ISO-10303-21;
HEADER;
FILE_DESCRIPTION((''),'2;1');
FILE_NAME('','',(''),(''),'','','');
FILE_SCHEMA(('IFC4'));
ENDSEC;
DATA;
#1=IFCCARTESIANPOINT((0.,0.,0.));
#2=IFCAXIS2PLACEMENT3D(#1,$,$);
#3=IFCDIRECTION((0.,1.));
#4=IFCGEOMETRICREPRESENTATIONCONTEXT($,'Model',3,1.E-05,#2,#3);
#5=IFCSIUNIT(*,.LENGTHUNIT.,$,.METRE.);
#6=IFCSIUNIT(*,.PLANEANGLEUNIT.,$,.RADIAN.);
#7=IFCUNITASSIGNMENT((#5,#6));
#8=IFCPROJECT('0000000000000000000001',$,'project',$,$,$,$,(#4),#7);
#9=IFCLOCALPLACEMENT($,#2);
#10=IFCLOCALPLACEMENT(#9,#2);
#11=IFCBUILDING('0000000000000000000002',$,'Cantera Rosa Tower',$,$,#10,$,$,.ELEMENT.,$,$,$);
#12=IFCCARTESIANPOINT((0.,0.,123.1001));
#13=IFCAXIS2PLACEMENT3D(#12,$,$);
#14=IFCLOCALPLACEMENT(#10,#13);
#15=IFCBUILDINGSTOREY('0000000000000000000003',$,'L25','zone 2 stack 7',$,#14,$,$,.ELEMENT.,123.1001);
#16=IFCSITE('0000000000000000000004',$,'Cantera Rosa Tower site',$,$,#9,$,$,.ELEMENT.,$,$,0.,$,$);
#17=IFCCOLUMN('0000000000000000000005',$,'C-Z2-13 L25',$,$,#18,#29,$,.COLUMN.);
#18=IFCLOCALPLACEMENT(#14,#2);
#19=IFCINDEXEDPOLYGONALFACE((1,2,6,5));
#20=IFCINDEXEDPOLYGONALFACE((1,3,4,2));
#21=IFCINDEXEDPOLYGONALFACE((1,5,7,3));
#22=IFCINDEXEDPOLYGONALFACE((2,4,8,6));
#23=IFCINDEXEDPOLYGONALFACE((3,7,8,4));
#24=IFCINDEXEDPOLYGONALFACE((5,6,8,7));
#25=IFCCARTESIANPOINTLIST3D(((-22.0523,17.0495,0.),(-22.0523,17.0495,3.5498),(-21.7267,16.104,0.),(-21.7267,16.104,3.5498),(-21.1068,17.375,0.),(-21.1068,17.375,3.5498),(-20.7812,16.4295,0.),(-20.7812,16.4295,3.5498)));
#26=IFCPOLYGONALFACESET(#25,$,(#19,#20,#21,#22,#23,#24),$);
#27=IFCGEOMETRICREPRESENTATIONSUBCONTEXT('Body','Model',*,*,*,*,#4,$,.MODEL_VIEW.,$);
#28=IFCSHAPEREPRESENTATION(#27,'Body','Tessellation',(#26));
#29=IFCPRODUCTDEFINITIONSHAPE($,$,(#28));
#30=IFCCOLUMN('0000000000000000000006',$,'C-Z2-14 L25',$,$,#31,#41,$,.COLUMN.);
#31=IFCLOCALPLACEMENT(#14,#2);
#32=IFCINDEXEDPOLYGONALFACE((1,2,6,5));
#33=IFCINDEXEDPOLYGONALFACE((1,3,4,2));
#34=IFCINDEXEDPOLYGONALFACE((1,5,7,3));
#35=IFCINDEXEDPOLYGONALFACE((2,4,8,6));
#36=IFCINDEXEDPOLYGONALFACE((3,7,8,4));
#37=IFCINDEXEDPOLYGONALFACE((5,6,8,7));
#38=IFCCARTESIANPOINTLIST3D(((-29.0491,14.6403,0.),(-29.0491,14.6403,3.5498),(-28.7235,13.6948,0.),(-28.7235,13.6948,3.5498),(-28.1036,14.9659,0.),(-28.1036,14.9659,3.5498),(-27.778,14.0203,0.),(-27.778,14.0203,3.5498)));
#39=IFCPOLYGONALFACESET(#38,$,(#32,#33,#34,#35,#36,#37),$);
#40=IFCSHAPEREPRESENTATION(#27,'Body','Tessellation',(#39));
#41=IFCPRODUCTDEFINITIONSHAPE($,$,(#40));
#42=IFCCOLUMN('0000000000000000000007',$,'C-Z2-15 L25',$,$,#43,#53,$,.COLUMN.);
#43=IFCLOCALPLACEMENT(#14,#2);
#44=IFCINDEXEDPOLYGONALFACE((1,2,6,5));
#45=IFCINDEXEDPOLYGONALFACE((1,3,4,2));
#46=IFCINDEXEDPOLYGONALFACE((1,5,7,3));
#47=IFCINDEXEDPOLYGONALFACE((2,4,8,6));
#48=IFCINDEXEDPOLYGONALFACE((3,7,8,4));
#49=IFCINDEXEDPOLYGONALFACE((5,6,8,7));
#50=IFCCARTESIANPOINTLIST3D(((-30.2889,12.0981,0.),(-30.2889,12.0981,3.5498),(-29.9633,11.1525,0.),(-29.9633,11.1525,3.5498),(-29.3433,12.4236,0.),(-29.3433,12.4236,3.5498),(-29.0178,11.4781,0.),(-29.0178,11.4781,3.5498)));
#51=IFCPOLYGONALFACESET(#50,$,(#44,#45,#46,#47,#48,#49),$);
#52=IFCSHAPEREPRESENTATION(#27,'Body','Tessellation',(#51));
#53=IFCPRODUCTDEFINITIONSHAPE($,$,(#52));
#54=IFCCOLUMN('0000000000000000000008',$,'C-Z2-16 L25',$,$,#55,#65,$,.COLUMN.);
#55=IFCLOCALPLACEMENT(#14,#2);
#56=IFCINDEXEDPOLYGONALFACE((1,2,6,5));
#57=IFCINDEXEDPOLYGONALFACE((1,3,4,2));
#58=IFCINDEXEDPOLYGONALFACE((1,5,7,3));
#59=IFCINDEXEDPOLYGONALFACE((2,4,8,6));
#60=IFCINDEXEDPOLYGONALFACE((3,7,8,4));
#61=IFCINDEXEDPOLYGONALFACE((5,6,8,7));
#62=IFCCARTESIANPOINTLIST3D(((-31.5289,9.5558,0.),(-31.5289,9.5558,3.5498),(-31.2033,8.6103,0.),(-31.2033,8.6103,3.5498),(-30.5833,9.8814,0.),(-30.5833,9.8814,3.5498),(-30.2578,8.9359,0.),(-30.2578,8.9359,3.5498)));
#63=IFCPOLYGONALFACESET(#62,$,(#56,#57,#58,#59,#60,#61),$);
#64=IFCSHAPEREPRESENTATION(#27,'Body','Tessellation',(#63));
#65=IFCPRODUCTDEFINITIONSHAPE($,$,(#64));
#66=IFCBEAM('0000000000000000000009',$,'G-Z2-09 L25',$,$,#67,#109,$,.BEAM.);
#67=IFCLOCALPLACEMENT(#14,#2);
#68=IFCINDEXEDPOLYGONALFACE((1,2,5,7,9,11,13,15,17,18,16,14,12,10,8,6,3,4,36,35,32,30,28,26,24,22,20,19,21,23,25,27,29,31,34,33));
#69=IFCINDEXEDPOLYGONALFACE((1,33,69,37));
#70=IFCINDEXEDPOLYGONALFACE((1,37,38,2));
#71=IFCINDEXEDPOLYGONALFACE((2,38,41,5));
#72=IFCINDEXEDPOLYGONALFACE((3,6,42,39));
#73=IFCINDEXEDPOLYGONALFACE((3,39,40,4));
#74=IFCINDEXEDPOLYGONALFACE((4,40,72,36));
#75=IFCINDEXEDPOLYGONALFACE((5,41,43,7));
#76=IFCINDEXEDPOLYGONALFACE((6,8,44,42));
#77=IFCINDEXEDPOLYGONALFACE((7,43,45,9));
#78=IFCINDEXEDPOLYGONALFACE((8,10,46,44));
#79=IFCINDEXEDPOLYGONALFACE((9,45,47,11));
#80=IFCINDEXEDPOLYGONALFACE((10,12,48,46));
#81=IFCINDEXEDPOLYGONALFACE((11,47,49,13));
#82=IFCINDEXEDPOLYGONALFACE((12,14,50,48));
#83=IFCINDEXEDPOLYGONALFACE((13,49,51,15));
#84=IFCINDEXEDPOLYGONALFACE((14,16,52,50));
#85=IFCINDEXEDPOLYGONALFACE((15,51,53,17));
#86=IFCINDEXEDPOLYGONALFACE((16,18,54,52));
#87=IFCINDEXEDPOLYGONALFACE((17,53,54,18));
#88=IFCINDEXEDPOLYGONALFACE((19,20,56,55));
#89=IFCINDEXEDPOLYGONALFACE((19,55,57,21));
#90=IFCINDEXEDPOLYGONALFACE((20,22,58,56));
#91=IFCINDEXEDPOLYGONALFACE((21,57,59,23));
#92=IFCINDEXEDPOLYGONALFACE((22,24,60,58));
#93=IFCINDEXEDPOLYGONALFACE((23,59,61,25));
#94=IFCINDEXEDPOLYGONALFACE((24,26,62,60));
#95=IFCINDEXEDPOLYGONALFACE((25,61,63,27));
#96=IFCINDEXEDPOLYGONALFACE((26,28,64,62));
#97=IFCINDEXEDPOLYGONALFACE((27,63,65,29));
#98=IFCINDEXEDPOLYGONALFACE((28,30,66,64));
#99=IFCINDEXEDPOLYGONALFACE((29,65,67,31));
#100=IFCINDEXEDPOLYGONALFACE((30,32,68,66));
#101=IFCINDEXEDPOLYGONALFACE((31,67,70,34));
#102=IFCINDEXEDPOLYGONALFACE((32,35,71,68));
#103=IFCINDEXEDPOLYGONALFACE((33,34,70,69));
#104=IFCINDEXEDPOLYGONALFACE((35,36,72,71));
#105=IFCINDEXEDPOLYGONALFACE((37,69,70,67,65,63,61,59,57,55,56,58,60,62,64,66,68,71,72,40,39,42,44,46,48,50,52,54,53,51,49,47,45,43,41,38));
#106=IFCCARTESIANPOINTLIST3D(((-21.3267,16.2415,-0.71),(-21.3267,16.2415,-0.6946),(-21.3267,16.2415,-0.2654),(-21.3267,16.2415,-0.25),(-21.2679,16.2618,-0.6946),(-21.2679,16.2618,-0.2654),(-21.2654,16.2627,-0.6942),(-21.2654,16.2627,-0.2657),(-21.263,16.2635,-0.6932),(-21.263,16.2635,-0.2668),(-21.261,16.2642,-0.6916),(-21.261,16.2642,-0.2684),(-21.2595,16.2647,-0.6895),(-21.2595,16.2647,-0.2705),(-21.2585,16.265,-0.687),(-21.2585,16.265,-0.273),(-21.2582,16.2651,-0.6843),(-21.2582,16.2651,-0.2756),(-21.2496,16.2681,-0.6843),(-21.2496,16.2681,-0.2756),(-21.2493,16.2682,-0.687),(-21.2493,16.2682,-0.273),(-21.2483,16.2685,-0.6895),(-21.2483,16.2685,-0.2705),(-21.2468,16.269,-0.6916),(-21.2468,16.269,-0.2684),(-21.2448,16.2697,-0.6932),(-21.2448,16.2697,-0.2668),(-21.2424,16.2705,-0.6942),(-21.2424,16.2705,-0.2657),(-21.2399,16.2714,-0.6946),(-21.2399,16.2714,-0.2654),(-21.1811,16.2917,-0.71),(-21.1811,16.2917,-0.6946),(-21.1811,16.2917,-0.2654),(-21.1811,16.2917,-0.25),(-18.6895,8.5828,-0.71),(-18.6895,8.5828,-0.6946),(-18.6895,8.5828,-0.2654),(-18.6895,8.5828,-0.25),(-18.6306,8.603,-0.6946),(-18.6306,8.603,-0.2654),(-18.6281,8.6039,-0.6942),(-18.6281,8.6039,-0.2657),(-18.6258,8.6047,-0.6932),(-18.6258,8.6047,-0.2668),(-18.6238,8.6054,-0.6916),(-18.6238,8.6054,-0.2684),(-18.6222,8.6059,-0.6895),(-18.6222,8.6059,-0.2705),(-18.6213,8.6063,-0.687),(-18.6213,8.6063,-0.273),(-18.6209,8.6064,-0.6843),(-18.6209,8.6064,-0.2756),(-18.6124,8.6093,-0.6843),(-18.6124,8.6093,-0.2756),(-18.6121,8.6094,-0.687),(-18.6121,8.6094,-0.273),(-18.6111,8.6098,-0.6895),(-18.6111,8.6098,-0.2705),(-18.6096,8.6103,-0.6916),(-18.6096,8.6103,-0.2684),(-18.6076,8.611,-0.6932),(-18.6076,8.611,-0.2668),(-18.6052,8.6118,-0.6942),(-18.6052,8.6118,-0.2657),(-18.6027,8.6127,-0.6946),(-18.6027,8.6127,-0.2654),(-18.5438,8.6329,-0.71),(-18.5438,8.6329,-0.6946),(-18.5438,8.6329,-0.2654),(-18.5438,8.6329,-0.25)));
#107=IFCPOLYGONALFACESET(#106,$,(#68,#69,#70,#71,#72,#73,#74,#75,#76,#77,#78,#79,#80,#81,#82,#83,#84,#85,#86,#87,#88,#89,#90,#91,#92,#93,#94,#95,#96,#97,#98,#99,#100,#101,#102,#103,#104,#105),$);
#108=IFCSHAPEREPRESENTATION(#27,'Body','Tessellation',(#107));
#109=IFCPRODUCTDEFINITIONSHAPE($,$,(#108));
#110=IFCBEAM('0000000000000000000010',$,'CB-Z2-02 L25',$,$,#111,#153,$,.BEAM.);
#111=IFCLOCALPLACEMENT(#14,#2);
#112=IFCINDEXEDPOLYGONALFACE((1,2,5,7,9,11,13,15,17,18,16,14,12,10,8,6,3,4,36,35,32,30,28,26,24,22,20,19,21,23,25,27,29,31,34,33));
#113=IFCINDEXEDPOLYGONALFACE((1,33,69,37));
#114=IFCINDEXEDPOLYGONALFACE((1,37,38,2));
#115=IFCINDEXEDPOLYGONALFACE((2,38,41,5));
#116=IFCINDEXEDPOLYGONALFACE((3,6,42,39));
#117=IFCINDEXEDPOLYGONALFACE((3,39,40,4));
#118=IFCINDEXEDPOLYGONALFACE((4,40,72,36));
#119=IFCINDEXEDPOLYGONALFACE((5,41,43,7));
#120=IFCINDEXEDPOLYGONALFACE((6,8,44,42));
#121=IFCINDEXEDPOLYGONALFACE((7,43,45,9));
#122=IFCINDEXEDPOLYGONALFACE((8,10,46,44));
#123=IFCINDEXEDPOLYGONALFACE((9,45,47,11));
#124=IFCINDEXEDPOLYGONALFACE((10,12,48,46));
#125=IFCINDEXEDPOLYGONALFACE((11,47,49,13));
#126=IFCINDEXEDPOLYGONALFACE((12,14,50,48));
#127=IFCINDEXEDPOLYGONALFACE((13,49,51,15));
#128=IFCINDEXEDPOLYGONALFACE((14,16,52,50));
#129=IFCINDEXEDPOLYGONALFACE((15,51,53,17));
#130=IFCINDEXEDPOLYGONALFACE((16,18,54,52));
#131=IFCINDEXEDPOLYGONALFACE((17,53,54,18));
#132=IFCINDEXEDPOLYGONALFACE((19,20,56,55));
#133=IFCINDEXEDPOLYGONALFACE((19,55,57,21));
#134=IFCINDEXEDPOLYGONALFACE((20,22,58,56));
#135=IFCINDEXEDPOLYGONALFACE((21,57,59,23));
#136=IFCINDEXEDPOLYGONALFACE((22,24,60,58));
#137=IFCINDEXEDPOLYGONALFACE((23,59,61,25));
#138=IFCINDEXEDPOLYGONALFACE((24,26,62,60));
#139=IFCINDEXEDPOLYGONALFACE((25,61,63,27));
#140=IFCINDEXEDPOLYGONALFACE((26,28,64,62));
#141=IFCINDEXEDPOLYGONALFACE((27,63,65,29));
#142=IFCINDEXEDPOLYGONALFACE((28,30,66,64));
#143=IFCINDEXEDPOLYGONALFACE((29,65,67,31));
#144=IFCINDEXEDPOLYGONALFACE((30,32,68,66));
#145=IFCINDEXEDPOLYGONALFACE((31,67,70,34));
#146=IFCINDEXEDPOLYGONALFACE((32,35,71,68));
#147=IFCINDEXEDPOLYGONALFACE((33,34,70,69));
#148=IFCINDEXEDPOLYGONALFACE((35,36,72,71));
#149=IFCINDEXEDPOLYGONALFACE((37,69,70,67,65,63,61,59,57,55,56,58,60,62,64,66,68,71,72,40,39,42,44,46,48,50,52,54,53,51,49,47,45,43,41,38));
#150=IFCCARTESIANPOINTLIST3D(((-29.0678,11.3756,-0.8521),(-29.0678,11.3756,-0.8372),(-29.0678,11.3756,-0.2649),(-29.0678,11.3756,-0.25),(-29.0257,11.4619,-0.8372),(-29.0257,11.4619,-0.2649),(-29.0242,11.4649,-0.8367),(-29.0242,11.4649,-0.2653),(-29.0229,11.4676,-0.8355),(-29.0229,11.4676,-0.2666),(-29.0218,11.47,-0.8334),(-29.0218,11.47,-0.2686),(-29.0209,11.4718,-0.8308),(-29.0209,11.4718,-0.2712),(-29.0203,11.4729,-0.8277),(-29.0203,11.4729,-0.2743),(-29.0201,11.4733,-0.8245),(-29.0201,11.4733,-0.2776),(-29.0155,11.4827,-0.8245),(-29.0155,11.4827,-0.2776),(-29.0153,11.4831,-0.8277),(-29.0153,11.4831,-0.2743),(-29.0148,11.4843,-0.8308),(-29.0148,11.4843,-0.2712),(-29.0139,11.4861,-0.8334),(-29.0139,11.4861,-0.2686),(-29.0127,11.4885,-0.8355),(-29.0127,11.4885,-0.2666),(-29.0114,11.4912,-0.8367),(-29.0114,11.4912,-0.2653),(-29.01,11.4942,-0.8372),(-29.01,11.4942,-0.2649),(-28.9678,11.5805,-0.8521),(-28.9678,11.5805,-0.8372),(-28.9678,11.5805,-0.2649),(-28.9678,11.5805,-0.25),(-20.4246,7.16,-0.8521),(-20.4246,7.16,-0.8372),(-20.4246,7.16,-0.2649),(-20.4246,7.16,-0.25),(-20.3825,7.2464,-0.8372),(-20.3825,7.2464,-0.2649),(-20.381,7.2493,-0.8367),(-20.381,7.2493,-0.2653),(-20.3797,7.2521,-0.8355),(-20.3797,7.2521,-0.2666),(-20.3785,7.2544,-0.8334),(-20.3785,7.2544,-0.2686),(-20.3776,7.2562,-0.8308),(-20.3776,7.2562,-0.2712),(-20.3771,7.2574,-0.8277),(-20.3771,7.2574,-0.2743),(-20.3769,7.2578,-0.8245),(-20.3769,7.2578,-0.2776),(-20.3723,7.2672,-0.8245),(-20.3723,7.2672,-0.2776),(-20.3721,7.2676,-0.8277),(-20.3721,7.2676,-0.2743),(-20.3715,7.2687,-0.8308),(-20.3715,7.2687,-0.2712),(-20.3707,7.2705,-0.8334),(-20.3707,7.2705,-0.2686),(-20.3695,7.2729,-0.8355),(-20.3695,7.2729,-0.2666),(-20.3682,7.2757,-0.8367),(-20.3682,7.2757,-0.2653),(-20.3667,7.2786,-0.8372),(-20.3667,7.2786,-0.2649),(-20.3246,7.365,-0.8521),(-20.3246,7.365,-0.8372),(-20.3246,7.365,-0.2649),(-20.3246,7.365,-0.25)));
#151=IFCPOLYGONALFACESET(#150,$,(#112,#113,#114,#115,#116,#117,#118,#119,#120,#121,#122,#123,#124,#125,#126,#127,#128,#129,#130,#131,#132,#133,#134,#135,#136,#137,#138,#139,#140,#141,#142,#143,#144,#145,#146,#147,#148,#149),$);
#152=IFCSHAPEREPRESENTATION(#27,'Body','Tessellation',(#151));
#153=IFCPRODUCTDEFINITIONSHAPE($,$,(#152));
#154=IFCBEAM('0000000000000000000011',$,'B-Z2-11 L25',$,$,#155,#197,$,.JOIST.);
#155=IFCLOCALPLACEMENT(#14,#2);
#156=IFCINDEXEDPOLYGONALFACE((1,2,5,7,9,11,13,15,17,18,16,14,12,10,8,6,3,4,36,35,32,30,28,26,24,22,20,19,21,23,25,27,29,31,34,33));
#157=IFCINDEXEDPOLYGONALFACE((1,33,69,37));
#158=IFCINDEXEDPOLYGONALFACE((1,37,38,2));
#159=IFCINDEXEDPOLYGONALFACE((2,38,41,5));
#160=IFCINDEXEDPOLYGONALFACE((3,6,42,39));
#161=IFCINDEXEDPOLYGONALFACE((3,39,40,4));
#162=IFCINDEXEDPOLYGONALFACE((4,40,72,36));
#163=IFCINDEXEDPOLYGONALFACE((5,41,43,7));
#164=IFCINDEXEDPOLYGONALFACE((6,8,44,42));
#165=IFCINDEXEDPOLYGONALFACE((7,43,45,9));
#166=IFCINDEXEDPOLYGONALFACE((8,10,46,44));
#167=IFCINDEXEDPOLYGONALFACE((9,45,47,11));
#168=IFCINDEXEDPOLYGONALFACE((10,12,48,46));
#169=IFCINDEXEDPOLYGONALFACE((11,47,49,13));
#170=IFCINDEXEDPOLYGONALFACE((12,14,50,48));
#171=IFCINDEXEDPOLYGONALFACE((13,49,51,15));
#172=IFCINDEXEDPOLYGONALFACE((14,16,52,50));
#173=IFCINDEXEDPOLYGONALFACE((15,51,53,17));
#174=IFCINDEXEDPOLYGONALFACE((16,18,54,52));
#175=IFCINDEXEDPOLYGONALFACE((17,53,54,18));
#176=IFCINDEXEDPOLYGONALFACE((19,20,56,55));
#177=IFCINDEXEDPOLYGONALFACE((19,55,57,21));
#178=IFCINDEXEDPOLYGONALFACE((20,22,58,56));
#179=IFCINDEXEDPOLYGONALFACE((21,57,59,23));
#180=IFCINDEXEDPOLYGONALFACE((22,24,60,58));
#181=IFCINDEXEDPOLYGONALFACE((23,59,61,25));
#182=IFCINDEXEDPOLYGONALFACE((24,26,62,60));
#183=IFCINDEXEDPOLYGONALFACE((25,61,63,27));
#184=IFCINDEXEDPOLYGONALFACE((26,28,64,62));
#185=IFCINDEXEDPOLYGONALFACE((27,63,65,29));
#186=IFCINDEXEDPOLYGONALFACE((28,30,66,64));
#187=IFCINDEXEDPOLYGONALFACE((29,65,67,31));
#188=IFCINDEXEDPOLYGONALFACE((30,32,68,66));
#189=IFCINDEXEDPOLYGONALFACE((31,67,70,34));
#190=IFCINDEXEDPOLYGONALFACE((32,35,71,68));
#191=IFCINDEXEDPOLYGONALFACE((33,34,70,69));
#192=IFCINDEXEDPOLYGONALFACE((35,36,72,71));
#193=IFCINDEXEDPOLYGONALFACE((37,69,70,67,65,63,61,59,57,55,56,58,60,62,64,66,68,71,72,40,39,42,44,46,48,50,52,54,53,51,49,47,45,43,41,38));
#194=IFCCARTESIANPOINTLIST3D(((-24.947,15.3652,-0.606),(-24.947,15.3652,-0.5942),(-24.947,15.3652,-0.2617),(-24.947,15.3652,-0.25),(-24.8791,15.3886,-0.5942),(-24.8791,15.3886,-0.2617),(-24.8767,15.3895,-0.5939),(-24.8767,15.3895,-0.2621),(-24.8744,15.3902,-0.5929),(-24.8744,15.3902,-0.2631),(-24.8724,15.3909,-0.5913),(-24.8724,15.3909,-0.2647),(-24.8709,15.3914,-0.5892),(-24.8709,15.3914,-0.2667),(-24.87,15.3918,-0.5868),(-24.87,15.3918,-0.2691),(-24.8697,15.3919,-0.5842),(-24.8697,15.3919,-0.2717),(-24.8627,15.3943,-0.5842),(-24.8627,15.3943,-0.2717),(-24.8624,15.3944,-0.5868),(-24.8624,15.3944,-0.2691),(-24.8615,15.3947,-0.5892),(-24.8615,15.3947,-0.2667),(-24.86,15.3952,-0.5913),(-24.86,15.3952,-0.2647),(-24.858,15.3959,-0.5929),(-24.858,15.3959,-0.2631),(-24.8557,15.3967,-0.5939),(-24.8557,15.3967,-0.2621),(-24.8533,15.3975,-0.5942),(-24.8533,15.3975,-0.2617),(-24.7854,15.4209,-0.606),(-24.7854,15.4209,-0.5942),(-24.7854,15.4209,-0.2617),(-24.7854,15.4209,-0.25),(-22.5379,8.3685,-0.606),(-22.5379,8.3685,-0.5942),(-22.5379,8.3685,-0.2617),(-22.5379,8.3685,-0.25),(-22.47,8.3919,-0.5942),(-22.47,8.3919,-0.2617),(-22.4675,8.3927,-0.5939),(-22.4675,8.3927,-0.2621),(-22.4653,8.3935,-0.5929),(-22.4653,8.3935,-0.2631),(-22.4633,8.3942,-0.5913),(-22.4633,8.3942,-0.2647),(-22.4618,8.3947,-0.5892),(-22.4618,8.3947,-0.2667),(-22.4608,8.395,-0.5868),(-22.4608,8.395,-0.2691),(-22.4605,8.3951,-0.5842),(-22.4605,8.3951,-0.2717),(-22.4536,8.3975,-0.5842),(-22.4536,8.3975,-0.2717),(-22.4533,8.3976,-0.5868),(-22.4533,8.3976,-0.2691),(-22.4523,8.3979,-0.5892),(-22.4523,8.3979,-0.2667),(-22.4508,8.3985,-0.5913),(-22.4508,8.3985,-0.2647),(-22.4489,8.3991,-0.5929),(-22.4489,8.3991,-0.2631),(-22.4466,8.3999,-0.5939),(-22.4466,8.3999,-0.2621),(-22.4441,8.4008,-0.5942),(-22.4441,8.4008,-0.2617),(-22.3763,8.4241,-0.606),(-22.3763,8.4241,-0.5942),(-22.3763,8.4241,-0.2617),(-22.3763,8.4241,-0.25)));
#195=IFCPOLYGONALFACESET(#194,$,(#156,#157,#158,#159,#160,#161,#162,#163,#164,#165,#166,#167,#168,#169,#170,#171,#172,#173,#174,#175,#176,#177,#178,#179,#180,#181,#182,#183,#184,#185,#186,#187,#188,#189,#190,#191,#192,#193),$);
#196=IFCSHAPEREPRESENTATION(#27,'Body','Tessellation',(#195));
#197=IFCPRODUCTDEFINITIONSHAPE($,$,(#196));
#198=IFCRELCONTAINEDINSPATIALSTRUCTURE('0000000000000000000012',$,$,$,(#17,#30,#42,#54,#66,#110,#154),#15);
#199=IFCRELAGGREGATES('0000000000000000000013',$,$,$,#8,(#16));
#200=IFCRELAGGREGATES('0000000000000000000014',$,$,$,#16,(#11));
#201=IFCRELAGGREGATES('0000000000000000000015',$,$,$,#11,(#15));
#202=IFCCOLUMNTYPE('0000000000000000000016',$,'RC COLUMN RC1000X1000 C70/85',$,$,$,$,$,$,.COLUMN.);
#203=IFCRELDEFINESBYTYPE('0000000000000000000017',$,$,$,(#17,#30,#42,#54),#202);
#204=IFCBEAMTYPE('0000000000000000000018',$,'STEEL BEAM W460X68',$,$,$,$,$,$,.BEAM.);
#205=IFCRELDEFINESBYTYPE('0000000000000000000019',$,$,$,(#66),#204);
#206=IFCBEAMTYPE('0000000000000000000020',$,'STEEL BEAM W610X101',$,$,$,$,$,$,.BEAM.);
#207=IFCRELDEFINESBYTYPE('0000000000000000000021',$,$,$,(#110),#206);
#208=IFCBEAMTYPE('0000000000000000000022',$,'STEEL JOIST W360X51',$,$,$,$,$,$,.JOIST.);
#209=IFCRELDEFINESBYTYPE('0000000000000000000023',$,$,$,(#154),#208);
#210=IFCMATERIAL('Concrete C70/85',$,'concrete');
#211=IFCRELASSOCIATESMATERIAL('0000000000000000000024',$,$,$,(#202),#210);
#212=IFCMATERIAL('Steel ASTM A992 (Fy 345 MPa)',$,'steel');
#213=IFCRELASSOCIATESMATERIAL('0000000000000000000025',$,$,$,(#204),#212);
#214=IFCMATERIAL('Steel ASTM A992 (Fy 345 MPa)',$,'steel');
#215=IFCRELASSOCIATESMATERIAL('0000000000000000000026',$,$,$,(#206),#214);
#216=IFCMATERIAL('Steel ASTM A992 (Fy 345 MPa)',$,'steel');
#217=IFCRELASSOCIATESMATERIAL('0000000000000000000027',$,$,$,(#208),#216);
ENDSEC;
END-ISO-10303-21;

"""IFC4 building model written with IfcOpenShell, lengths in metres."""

from ifc_helpers import new_model, si_unit, direction, frame, origin, origin_2d, place, context, subcontext, project, spatial, rectangle, i_section, extrude, material, material_profile, profile_set, type_object, element, save


model = new_model("IFC4")

# Units and contexts
model_context = context("Model", 3, precision=1e-05, world=origin(), true_north=direction((0.0, 1.0)))
body_context = subcontext(model_context, "Body", "Model", "MODEL_VIEW")
ifc_project = project(units=[si_unit("LENGTHUNIT", "METRE"), si_unit("PLANEANGLEUNIT", "RADIAN")], contexts=[model_context])

# Site, building, storey
site_placement = place(None, origin())
site = spatial("IfcSite", under=ifc_project, at=site_placement, Name="Cantera Rosa Tower site", CompositionType="ELEMENT", RefElevation=0.0)
building_placement = place(site_placement, origin())
building = spatial("IfcBuilding", under=site, at=building_placement, Name="Cantera Rosa Tower", CompositionType="ELEMENT")
storey_placement = place(building_placement, frame((0.0, 0.0, 123.1001)))
storey = spatial("IfcBuildingStorey", under=building, at=storey_placement, Name="L25", Description="zone 2 stack 7", CompositionType="ELEMENT", Elevation=123.1001)

# Columns
ifc_material_1 = material(Name="Concrete C70/85", Category="concrete")
ifc_material_profile_1 = material_profile(ifc_material_1, rectangle(XDim=1.0, YDim=1.0, at=origin_2d()), Name="RC COLUMN RC1000X1000 C70/85")
ifc_profile_set_1 = profile_set([ifc_material_profile_1], Name="Concrete C70/85")
column_type = type_object("IfcColumnType", Name="RC COLUMN RC1000X1000 C70/85", PredefinedType="COLUMN", material=ifc_profile_set_1)
for number, where, z_axis, x_axis, name in (
    (1, (-21.4167, 16.7395, 0.0), (0.0, 0.0, 1.0), (0.945519, 0.325568, 0.0), "C-Z2-13 L25"),
    (2, (-28.4136, 14.3303, 0.0), (0.0, 0.0, 1.0), (0.945519, 0.325568, 0.0), "C-Z2-14 L25"),
    (3, (-29.6533, 11.7881, 0.0), (0.0, 0.0, 1.0), (0.945519, 0.325568, 0.0), "C-Z2-15 L25"),
    (4, (-30.8933, 9.2458, 0.0), (0.0, 0.0, 1.0), (0.945519, 0.325568, 0.0), "C-Z2-16 L25"),
):
    element("IfcColumn", number, at=place(storey_placement, frame(where, z_axis=z_axis, x_axis=x_axis)), inside=storey, type_object=column_type, Name=name, PredefinedType="COLUMN", context=body_context, shape_type="SweptSolid", body=[
        extrude(rectangle(XDim=1.0, YDim=1.0, at=origin_2d()), origin(), (0.0, 0.0, 1.0), 3.5498),
    ])

# Beams
ifc_material_2 = material(Name="Steel ASTM A992 (Fy 345 MPa)", Category="steel")
ifc_material_profile_2 = material_profile(ifc_material_2, i_section(OverallWidth=0.1541, OverallDepth=0.46, WebThickness=0.009, FlangeThickness=0.0154, FilletRadius=0.0103, at=origin_2d()), Name="W460X68")
ifc_profile_set_2 = profile_set([ifc_material_profile_2], Name="Steel ASTM A992 (Fy 345 MPa)")
beam_type_1 = type_object("IfcBeamType", Name="STEEL BEAM W460X68", PredefinedType="BEAM", material=ifc_profile_set_2)
beam_1_placement = place(storey_placement, frame((-21.2539, 16.2666, -0.48), z_axis=(0.32558, -0.945514, 0.0), x_axis=(0.945514, 0.32558, 0.0)))
element("IfcBeam", 5, at=beam_1_placement, inside=storey, type_object=beam_type_1, Name="G-Z2-09 L25", PredefinedType="BEAM", context=body_context, shape_type="SweptSolid", body=[
    extrude(i_section(OverallWidth=0.1541, OverallDepth=0.46, WebThickness=0.009, FlangeThickness=0.0154, FilletRadius=0.0103, at=origin_2d()), origin(), (0.0, 0.0, 1.0), 8.1001),
])
ifc_material_3 = material(Name="Steel ASTM A992 (Fy 345 MPa)", Category="steel")
ifc_material_profile_3 = material_profile(ifc_material_3, i_section(OverallWidth=0.228, OverallDepth=0.6021, WebThickness=0.0105, FlangeThickness=0.0149, FilletRadius=0.0127, at=origin_2d()), Name="W610X101")
ifc_profile_set_3 = profile_set([ifc_material_profile_3], Name="Steel ASTM A992 (Fy 345 MPa)")
beam_type_2 = type_object("IfcBeamType", Name="STEEL BEAM W610X101", PredefinedType="BEAM", material=ifc_profile_set_3)
beam_2_placement = place(storey_placement, frame((-29.0178, 11.478, -0.551), z_axis=(0.898796, -0.438367, 0.0), x_axis=(0.438367, 0.898796, 0.0)))
element("IfcBeam", 6, at=beam_2_placement, inside=storey, type_object=beam_type_2, Name="CB-Z2-02 L25", PredefinedType="BEAM", context=body_context, shape_type="SweptSolid", body=[
    extrude(i_section(OverallWidth=0.228, OverallDepth=0.6021, WebThickness=0.0105, FlangeThickness=0.0149, FilletRadius=0.0127, at=origin_2d()), origin(), (0.0, 0.0, 1.0), 9.6165),
])
ifc_material_4 = material(Name="Steel ASTM A992 (Fy 345 MPa)", Category="steel")
ifc_material_profile_4 = material_profile(ifc_material_4, i_section(OverallWidth=0.1709, OverallDepth=0.356, WebThickness=0.0073, FlangeThickness=0.0117, FilletRadius=0.01, at=origin_2d()), Name="W360X51")
ifc_profile_set_4 = profile_set([ifc_material_profile_4], Name="Steel ASTM A992 (Fy 345 MPa)")
beam_type_3 = type_object("IfcBeamType", Name="STEEL JOIST W360X51", PredefinedType="JOIST", material=ifc_profile_set_4)
beam_3_placement = place(storey_placement, frame((-24.8662, 15.3931, -0.428), z_axis=(0.325566, -0.945519, 0.0), x_axis=(0.945519, 0.325566, 0.0)))
element("IfcBeam", 7, at=beam_3_placement, inside=storey, type_object=beam_type_3, Name="B-Z2-11 L25", PredefinedType="JOIST", context=body_context, shape_type="SweptSolid", body=[
    extrude(i_section(OverallWidth=0.1709, OverallDepth=0.356, WebThickness=0.0073, FlangeThickness=0.0117, FilletRadius=0.01, at=origin_2d()), origin(), (0.0, 0.0, 1.0), 7.3999),
])

save(model, "model.ifc")
